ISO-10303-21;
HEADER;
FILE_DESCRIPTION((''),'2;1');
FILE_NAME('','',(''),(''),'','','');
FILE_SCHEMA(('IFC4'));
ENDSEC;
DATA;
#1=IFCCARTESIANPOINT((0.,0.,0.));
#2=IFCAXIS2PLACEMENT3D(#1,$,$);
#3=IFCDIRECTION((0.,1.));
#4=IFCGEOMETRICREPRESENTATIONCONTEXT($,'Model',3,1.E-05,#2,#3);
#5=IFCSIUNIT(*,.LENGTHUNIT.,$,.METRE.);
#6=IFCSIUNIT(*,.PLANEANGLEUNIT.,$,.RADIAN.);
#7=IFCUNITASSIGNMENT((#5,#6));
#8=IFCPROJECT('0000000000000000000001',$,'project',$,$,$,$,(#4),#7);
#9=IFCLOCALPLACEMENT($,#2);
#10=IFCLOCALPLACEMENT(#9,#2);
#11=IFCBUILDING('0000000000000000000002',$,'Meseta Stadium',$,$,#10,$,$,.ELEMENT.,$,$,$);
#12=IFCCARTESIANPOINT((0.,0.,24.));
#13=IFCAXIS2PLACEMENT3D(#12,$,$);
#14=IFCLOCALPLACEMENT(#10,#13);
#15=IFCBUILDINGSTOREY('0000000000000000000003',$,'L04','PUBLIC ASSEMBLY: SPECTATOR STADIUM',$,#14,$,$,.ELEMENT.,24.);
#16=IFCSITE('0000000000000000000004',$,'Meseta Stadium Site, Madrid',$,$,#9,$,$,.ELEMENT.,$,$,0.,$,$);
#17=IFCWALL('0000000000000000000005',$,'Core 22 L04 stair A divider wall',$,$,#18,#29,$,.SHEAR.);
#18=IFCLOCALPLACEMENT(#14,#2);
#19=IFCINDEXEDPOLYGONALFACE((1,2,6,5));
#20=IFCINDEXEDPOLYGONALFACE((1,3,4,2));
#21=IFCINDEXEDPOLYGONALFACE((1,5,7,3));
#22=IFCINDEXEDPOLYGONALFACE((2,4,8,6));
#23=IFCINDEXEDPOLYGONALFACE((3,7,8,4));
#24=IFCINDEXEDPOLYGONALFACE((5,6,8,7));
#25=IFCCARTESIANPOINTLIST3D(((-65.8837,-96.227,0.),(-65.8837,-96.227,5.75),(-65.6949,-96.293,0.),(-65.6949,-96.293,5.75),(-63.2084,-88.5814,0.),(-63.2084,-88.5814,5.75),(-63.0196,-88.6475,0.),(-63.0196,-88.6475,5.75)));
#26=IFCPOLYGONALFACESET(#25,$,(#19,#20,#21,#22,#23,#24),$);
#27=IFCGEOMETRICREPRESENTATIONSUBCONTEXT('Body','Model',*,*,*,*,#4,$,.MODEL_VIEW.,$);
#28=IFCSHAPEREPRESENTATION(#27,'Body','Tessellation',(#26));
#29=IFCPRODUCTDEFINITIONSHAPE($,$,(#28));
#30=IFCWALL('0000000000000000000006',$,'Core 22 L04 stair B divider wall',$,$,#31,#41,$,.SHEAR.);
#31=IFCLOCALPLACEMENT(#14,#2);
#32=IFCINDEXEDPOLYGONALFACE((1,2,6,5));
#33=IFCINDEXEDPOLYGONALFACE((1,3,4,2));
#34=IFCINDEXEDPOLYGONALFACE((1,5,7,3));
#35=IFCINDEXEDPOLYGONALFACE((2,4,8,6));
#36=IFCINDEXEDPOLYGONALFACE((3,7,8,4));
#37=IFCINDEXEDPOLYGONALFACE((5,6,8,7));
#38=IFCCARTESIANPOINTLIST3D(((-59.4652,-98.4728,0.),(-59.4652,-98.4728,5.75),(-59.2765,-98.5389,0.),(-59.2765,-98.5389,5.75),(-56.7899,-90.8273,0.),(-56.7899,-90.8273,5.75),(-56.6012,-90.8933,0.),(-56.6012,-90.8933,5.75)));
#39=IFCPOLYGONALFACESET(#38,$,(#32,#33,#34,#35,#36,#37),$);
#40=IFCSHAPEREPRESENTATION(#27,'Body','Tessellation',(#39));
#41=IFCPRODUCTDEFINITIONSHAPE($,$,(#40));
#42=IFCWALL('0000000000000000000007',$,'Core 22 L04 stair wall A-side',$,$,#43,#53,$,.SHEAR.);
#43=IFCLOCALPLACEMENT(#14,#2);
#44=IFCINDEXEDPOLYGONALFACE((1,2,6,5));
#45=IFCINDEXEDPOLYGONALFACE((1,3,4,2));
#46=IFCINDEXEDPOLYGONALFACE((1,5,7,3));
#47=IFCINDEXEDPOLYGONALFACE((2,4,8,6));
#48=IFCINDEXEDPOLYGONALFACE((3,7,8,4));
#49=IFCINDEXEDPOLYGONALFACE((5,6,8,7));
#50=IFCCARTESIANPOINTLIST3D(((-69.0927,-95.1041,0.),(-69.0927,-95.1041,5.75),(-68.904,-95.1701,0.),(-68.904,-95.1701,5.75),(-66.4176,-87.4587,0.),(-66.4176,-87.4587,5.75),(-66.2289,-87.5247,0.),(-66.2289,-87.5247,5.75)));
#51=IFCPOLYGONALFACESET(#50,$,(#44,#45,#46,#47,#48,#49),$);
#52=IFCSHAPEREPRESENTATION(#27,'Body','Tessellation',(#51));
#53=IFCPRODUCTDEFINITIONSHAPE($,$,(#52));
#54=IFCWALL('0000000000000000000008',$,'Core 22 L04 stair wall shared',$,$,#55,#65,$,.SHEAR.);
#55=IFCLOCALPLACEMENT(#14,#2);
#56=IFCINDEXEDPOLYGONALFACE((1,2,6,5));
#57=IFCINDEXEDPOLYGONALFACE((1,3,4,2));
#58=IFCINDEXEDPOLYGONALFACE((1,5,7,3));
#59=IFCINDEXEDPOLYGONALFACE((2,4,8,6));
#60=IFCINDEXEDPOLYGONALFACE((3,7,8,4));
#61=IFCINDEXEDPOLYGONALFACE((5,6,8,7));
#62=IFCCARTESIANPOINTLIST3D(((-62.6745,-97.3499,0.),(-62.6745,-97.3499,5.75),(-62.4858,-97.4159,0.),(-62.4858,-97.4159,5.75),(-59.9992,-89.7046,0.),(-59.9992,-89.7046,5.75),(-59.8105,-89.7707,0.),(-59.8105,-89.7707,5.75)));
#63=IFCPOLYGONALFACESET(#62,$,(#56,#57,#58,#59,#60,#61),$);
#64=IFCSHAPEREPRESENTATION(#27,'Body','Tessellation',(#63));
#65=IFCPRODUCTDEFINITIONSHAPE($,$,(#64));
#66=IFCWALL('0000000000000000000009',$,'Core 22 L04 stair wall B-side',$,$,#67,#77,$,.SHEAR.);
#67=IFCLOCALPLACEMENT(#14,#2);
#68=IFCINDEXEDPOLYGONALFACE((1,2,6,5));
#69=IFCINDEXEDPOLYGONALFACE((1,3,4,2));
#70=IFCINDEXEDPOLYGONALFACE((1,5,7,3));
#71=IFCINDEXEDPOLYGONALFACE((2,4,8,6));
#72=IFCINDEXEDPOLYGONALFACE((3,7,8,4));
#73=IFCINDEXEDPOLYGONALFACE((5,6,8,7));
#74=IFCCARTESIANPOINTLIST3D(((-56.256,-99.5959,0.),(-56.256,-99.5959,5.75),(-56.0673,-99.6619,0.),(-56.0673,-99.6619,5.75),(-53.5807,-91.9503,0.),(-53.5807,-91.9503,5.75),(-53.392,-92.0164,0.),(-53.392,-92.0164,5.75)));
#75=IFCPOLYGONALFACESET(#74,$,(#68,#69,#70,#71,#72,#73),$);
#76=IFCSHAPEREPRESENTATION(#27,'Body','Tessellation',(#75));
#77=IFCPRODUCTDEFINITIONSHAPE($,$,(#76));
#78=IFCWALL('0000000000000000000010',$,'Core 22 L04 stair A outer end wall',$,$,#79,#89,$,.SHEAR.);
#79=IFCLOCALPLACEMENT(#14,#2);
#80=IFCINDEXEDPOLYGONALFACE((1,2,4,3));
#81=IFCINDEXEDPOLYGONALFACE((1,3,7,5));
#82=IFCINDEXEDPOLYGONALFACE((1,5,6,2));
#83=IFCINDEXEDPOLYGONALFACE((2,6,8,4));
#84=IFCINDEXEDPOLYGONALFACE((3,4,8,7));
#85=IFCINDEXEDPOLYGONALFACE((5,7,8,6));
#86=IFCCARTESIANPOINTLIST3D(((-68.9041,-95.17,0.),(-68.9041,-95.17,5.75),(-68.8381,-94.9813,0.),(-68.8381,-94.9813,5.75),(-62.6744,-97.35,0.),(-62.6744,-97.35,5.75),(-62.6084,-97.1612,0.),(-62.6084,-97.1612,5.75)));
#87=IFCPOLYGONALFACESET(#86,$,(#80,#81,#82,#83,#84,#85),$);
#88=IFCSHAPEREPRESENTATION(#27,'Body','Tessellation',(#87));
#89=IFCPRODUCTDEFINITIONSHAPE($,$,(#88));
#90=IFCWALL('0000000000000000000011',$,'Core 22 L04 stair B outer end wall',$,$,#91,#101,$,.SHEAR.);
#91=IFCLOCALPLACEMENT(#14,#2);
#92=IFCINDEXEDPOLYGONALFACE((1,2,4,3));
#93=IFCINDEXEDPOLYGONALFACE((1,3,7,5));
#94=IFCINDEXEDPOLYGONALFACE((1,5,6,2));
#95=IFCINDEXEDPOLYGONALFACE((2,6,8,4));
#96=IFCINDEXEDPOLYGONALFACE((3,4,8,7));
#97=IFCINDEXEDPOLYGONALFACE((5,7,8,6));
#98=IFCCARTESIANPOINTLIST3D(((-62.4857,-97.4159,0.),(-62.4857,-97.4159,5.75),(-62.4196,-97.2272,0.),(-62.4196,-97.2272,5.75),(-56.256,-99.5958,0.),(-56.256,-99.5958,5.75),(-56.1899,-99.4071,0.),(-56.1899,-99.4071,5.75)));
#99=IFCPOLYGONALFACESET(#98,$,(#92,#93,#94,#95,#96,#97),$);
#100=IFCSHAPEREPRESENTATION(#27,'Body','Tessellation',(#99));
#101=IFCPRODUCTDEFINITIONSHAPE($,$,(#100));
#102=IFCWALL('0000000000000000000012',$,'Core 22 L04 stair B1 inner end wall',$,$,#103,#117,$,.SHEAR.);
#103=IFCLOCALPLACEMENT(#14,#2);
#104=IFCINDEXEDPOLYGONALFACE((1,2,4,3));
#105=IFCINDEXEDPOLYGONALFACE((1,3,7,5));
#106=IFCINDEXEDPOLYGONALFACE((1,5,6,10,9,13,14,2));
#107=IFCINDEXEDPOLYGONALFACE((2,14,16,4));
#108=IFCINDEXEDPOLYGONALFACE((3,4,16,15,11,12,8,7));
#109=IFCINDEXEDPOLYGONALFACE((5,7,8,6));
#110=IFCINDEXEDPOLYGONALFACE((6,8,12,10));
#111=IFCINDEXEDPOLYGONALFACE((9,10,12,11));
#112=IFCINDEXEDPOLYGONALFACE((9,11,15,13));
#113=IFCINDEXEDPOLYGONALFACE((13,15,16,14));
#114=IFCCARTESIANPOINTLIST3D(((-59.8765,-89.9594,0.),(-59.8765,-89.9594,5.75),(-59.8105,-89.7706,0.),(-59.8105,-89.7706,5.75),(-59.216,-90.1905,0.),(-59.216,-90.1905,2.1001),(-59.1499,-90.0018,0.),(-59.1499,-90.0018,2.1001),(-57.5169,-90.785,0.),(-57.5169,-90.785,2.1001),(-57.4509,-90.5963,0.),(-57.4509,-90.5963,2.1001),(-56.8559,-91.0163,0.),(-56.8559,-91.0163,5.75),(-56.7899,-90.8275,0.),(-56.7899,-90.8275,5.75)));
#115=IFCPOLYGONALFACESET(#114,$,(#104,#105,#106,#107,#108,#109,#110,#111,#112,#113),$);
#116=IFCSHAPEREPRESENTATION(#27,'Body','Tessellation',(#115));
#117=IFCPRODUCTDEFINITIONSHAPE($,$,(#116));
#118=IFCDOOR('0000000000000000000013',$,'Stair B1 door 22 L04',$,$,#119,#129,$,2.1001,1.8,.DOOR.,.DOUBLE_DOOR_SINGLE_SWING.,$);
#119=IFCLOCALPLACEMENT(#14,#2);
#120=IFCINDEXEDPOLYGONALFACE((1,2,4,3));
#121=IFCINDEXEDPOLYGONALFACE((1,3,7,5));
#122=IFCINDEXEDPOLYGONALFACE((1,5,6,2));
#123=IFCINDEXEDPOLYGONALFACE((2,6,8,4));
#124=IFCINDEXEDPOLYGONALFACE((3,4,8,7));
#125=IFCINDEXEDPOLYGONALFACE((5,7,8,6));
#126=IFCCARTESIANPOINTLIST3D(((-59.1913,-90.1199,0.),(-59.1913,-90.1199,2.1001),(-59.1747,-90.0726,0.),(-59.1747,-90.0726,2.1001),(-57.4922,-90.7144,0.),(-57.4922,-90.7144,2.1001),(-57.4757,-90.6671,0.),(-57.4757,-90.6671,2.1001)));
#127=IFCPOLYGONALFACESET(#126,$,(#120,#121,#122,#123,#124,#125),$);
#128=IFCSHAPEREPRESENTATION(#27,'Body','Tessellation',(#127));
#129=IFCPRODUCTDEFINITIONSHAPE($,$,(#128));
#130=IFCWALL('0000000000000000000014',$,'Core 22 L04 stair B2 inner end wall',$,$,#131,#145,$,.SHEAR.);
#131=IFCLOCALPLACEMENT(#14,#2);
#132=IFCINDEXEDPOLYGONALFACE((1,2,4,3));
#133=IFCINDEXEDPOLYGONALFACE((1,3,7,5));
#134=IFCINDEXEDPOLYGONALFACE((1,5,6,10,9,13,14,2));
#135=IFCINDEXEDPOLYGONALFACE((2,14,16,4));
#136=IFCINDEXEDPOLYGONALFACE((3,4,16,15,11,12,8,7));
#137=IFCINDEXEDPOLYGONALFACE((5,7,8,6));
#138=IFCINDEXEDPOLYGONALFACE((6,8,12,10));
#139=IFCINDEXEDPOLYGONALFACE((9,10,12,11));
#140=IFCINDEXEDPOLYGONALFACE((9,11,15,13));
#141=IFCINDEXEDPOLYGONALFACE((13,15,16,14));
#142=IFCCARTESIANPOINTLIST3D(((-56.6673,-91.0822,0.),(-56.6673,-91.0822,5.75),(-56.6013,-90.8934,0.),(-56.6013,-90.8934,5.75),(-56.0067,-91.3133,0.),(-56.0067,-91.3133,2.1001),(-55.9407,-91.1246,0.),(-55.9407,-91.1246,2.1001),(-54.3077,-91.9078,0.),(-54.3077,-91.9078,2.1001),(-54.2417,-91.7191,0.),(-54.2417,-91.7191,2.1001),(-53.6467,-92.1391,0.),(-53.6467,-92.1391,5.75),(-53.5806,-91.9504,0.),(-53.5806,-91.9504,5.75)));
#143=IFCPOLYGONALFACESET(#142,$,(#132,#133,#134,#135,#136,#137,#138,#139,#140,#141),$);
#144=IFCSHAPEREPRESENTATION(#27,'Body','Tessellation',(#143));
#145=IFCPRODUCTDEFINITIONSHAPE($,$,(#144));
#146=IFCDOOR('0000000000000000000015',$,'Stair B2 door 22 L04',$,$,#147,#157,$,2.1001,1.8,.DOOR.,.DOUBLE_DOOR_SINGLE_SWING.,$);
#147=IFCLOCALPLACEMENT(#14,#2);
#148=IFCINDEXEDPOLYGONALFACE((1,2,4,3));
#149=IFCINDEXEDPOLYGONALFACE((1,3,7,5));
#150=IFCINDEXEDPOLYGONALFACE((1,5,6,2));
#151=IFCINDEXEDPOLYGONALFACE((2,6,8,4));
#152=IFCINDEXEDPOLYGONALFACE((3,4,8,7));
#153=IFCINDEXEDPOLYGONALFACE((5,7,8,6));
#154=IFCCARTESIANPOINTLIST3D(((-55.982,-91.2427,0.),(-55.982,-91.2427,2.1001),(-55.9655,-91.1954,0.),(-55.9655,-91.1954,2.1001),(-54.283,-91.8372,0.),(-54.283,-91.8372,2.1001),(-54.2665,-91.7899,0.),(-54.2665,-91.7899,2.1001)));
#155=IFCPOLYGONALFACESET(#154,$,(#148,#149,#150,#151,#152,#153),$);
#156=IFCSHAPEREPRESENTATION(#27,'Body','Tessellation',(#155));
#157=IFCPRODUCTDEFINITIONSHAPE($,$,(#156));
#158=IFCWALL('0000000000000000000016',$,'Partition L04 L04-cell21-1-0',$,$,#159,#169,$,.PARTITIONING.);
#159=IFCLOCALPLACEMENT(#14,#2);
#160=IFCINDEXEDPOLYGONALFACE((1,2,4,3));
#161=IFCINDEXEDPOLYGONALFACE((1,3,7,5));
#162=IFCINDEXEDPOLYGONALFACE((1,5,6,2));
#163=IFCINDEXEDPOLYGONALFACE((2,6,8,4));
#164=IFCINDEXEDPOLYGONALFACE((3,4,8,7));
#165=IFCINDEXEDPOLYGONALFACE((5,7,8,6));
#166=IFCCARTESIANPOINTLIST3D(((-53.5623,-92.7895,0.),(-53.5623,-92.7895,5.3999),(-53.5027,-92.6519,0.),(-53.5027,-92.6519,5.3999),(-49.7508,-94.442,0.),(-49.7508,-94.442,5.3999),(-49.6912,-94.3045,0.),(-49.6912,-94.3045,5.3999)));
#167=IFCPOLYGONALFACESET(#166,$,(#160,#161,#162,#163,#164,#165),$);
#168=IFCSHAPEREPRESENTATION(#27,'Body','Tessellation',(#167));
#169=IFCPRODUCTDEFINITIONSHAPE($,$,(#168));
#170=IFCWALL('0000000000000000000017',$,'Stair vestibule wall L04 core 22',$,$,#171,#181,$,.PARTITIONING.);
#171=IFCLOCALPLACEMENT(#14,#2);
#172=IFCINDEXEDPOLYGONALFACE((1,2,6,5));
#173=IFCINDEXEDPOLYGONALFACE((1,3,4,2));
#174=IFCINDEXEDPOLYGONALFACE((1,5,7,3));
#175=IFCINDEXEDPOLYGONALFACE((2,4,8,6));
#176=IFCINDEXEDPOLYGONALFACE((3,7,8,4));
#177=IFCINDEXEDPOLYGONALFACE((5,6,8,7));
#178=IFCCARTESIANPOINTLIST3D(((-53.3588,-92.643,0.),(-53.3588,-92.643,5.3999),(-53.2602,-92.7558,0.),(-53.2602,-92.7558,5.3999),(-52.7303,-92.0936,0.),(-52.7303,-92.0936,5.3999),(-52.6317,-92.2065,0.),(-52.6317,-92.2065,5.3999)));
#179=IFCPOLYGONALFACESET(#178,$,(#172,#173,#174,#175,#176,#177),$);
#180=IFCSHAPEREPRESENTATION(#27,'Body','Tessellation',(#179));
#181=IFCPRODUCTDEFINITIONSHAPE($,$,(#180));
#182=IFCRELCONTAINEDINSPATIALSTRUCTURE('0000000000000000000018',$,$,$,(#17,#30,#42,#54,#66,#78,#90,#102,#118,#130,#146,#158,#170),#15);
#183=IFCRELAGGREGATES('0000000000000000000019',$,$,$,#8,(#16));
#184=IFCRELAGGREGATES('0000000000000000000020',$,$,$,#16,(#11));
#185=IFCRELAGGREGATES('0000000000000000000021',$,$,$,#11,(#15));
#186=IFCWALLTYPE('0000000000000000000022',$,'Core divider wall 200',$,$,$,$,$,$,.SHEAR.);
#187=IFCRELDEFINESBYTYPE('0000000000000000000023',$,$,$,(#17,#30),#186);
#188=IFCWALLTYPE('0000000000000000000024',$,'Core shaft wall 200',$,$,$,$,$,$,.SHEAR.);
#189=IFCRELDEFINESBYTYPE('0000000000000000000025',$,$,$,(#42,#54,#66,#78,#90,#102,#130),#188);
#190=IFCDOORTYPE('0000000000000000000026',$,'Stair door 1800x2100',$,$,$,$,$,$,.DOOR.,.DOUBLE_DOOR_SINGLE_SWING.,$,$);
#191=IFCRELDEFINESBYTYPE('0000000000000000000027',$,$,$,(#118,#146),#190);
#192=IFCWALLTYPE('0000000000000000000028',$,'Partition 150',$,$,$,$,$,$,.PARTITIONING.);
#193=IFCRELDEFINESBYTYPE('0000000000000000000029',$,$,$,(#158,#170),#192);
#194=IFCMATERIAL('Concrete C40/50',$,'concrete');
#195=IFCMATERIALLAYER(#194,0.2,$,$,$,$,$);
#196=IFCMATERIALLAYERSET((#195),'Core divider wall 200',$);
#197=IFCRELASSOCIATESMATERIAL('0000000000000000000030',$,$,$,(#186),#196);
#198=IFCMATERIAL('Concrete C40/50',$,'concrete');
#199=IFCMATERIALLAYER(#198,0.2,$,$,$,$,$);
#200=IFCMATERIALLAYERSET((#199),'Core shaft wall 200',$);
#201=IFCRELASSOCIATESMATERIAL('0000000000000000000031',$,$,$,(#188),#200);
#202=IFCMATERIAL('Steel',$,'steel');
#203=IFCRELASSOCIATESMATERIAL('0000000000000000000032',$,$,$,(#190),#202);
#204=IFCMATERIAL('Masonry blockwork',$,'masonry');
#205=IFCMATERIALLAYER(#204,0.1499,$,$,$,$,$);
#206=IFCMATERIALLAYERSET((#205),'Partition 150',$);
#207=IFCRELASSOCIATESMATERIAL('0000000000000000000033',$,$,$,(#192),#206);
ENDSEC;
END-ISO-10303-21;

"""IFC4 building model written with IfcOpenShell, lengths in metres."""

from ifc_helpers import new_model, si_unit, direction, frame, frame_2d, origin, place, context, subcontext, project, spatial, rectangle, extrude, material, layer, layer_set, type_object, element, fill, save


model = new_model("IFC4")

# Units and contexts
model_context = context("Model", 3, precision=1e-05, world=origin(), true_north=direction((0.0, 1.0)))
body_context = subcontext(model_context, "Body", "Model", "MODEL_VIEW")
ifc_project = project(units=[si_unit("LENGTHUNIT", "METRE"), si_unit("PLANEANGLEUNIT", "RADIAN")], contexts=[model_context])

# Site, building, storey
site_placement = place(None, origin())
site = spatial("IfcSite", under=ifc_project, at=site_placement, Name="Meseta Stadium Site, Madrid", CompositionType="ELEMENT", RefElevation=0.0)
building_placement = place(site_placement, origin())
building = spatial("IfcBuilding", under=site, at=building_placement, Name="Meseta Stadium", CompositionType="ELEMENT")
storey_placement = place(building_placement, frame((0.0, 0.0, 24.0)))
storey = spatial("IfcBuildingStorey", under=building, at=storey_placement, Name="L04", Description="PUBLIC ASSEMBLY: SPECTATOR STADIUM", CompositionType="ELEMENT", Elevation=24.0)

# Walls
ifc_material_1 = material(Name="Concrete C40/50", Category="concrete")
ifc_layer_1 = layer(ifc_material_1, 0.2)
ifc_layer_set_1 = layer_set([ifc_layer_1], Name="Core divider wall 200")
wall_type_1 = type_object("IfcWallType", Name="Core divider wall 200", PredefinedType="SHEAR", material=ifc_layer_set_1)
for number, where, z_axis, x_axis, name in (
    (1, (-65.7893, -96.26, 0.0), (0.0, 0.0, 1.0), (0.330281, 0.943883, 0.0), "Core 22 L04 stair A divider wall"),
    (2, (-59.3708, -98.5059, 0.0), (0.0, 0.0, 1.0), (0.330281, 0.943883, 0.0), "Core 22 L04 stair B divider wall"),
):
    element("IfcWall", number, at=place(storey_placement, frame(where, z_axis=z_axis, x_axis=x_axis)), inside=storey, type_object=wall_type_1, Name=name, PredefinedType="SHEAR", context=body_context, shape_type="SweptSolid", body=[
        extrude(rectangle(XDim=8.1001, YDim=0.2, at=frame_2d((4.05, 0.0))), origin(), (0.0, 0.0, 1.0), 5.75),
    ])
ifc_material_2 = material(Name="Concrete C40/50", Category="concrete")
ifc_layer_2 = layer(ifc_material_2, 0.2)
ifc_layer_set_2 = layer_set([ifc_layer_2], Name="Core shaft wall 200")
wall_type_2 = type_object("IfcWallType", Name="Core shaft wall 200", PredefinedType="SHEAR", material=ifc_layer_set_2)
for number, where, z_axis, x_axis, name in (
    (3, (-68.9983, -95.137, 0.0), (0.0, 0.0, 1.0), (0.330263, 0.943889, 0.0), "Core 22 L04 stair wall A-side"),
    (4, (-62.5801, -97.3828, 0.0), (0.0, 0.0, 1.0), (0.33029, 0.94388, 0.0), "Core 22 L04 stair wall shared"),
):
    element("IfcWall", number, at=place(storey_placement, frame(where, z_axis=z_axis, x_axis=x_axis)), inside=storey, type_object=wall_type_2, Name=name, PredefinedType="SHEAR", context=body_context, shape_type="SweptSolid", body=[
        extrude(rectangle(XDim=8.0999, YDim=0.2, at=frame_2d((4.0498, 0.0))), origin(), (0.0, 0.0, 1.0), 5.75),
    ])
wall_1_placement = place(storey_placement, frame((-56.1616, -99.6289, 0.0), z_axis=(0.0, 0.0, 1.0), x_axis=(0.330281, 0.943883, 0.0)))
element("IfcWall", 5, at=wall_1_placement, inside=storey, type_object=wall_type_2, Name="Core 22 L04 stair wall B-side", PredefinedType="SHEAR", context=body_context, shape_type="SweptSolid", body=[
    extrude(rectangle(XDim=8.1001, YDim=0.2, at=frame_2d((4.05, 0.0))), origin(), (0.0, 0.0, 1.0), 5.75),
])
for number, where, z_axis, x_axis, name in (
    (6, (-68.8711, -95.0757, 0.0), (0.0, 0.0, 1.0), (0.943881, -0.330286, 0.0), "Core 22 L04 stair A outer end wall"),
    (7, (-62.4526, -97.3215, 0.0), (0.0, 0.0, 1.0), (0.943881, -0.330286, 0.0), "Core 22 L04 stair B outer end wall"),
):
    element("IfcWall", number, at=place(storey_placement, frame(where, z_axis=z_axis, x_axis=x_axis)), inside=storey, type_object=wall_type_2, Name=name, PredefinedType="SHEAR", context=body_context, shape_type="SweptSolid", body=[
        extrude(rectangle(XDim=6.6001, YDim=0.2, at=frame_2d((3.3, 0.0))), origin(), (0.0, 0.0, 1.0), 5.75),
    ])

# Walls, openings, doors
wall_2_placement = place(storey_placement, frame((-59.8435, -89.865, 0.0), z_axis=(0.0, 0.0, 1.0), x_axis=(0.943887, -0.330269, 0.0)))
wall_2 = element("IfcWall", 8, at=wall_2_placement, inside=storey, type_object=wall_type_2, Name="Core 22 L04 stair B1 inner end wall", PredefinedType="SHEAR", context=body_context, shape_type="SweptSolid", body=[
    extrude(rectangle(XDim=3.2002, YDim=0.2, at=frame_2d((1.6001, 0.0))), origin(), (0.0, 0.0, 1.0), 5.75),
])
opening_1_placement = place(wall_2_placement, frame((0.7, 0.0, 0.0)))
opening_1 = element("IfcOpeningElement", 9, at=opening_1_placement, cuts=wall_2, PredefinedType="OPENING", context=body_context, shape_type="SweptSolid", body=[
    extrude(rectangle(XDim=1.8, YDim=2.1001, at=frame_2d((0.8999, 1.05))), frame((0.0, 0.1099, 0.0), z_axis=(0.0, -1.0, 0.0), x_axis=(1.0, 0.0, 0.0)), (0.0, 0.0, 1.0), 0.22),
])
ifc_material_3 = material(Name="Steel", Category="steel")
door_type_1 = type_object("IfcDoorType", Name="Stair door 1800x2100", OperationType="DOUBLE_DOOR_SINGLE_SWING", PredefinedType="DOOR", material=ifc_material_3)
door_1_placement = place(opening_1_placement, origin())
door_1 = element("IfcDoor", 10, at=door_1_placement, inside=storey, type_object=door_type_1, Name="Stair B1 door 22 L04", OperationType="DOUBLE_DOOR_SINGLE_SWING", OverallHeight=2.1001, OverallWidth=1.8, PredefinedType="DOOR", context=body_context, shape_type="SweptSolid", body=[
    extrude(rectangle(XDim=1.8, YDim=2.1001, at=frame_2d((0.8999, 1.05))), frame((0.0, 0.0249, 0.0), z_axis=(0.0, -1.0, 0.0), x_axis=(1.0, 0.0, 0.0)), (0.0, 0.0, 1.0), 0.05),
])
fill(opening_1, door_1)
wall_3_placement = place(storey_placement, frame((-56.6343, -90.9878, 0.0), z_axis=(0.0, 0.0, 1.0), x_axis=(0.943887, -0.330269, 0.0)))
wall_3 = element("IfcWall", 11, at=wall_3_placement, inside=storey, type_object=wall_type_2, Name="Core 22 L04 stair B2 inner end wall", PredefinedType="SHEAR", context=body_context, shape_type="SweptSolid", body=[
    extrude(rectangle(XDim=3.2002, YDim=0.2, at=frame_2d((1.6001, 0.0))), origin(), (0.0, 0.0, 1.0), 5.75),
])
opening_2_placement = place(wall_3_placement, frame((0.7, 0.0, 0.0)))
opening_2 = element("IfcOpeningElement", 12, at=opening_2_placement, cuts=wall_3, PredefinedType="OPENING", context=body_context, shape_type="SweptSolid", body=[
    extrude(rectangle(XDim=1.8, YDim=2.1001, at=frame_2d((0.8999, 1.05))), frame((0.0, 0.1099, 0.0), z_axis=(0.0, -1.0, 0.0), x_axis=(1.0, 0.0, 0.0)), (0.0, 0.0, 1.0), 0.22),
])
door_2_placement = place(opening_2_placement, origin())
door_2 = element("IfcDoor", 13, at=door_2_placement, inside=storey, type_object=door_type_1, Name="Stair B2 door 22 L04", OperationType="DOUBLE_DOOR_SINGLE_SWING", OverallHeight=2.1001, OverallWidth=1.8, PredefinedType="DOOR", context=body_context, shape_type="SweptSolid", body=[
    extrude(rectangle(XDim=1.8, YDim=2.1001, at=frame_2d((0.8999, 1.05))), frame((0.0, 0.0249, 0.0), z_axis=(0.0, -1.0, 0.0), x_axis=(1.0, 0.0, 0.0)), (0.0, 0.0, 1.0), 0.05),
])
fill(opening_2, door_2)

# Walls
ifc_material_4 = material(Name="Masonry blockwork", Category="masonry")
ifc_layer_3 = layer(ifc_material_4, 0.1499)
ifc_layer_set_3 = layer_set([ifc_layer_3], Name="Partition 150")
wall_type_3 = type_object("IfcWallType", Name="Partition 150", PredefinedType="PARTITIONING", material=ifc_layer_set_3)
wall_4_placement = place(storey_placement, frame((-53.5325, -92.7207, 0.0), z_axis=(0.0, 0.0, 1.0), x_axis=(0.917474, -0.397795, 0.0)))
element("IfcWall", 14, at=wall_4_placement, inside=storey, type_object=wall_type_3, Name="Partition L04 L04-cell21-1-0", PredefinedType="PARTITIONING", context=body_context, shape_type="SweptSolid", body=[
    extrude(rectangle(XDim=4.1543, YDim=0.1499, at=frame_2d((2.0771, 0.0))), origin(), (0.0, 0.0, 1.0), 5.3999),
])
wall_5_placement = place(storey_placement, frame((-53.3096, -92.6995, 0.0), z_axis=(0.0, 0.0, 1.0), x_axis=(0.752903, 0.658132, 0.0)))
element("IfcWall", 15, at=wall_5_placement, inside=storey, type_object=wall_type_3, Name="Stair vestibule wall L04 core 22", PredefinedType="PARTITIONING", context=body_context, shape_type="SweptSolid", body=[
    extrude(rectangle(XDim=0.8347, YDim=0.1499, at=frame_2d((0.4175, 0.0))), origin(), (0.0, 0.0, 1.0), 5.3999),
])

save(model, "model.ifc")
